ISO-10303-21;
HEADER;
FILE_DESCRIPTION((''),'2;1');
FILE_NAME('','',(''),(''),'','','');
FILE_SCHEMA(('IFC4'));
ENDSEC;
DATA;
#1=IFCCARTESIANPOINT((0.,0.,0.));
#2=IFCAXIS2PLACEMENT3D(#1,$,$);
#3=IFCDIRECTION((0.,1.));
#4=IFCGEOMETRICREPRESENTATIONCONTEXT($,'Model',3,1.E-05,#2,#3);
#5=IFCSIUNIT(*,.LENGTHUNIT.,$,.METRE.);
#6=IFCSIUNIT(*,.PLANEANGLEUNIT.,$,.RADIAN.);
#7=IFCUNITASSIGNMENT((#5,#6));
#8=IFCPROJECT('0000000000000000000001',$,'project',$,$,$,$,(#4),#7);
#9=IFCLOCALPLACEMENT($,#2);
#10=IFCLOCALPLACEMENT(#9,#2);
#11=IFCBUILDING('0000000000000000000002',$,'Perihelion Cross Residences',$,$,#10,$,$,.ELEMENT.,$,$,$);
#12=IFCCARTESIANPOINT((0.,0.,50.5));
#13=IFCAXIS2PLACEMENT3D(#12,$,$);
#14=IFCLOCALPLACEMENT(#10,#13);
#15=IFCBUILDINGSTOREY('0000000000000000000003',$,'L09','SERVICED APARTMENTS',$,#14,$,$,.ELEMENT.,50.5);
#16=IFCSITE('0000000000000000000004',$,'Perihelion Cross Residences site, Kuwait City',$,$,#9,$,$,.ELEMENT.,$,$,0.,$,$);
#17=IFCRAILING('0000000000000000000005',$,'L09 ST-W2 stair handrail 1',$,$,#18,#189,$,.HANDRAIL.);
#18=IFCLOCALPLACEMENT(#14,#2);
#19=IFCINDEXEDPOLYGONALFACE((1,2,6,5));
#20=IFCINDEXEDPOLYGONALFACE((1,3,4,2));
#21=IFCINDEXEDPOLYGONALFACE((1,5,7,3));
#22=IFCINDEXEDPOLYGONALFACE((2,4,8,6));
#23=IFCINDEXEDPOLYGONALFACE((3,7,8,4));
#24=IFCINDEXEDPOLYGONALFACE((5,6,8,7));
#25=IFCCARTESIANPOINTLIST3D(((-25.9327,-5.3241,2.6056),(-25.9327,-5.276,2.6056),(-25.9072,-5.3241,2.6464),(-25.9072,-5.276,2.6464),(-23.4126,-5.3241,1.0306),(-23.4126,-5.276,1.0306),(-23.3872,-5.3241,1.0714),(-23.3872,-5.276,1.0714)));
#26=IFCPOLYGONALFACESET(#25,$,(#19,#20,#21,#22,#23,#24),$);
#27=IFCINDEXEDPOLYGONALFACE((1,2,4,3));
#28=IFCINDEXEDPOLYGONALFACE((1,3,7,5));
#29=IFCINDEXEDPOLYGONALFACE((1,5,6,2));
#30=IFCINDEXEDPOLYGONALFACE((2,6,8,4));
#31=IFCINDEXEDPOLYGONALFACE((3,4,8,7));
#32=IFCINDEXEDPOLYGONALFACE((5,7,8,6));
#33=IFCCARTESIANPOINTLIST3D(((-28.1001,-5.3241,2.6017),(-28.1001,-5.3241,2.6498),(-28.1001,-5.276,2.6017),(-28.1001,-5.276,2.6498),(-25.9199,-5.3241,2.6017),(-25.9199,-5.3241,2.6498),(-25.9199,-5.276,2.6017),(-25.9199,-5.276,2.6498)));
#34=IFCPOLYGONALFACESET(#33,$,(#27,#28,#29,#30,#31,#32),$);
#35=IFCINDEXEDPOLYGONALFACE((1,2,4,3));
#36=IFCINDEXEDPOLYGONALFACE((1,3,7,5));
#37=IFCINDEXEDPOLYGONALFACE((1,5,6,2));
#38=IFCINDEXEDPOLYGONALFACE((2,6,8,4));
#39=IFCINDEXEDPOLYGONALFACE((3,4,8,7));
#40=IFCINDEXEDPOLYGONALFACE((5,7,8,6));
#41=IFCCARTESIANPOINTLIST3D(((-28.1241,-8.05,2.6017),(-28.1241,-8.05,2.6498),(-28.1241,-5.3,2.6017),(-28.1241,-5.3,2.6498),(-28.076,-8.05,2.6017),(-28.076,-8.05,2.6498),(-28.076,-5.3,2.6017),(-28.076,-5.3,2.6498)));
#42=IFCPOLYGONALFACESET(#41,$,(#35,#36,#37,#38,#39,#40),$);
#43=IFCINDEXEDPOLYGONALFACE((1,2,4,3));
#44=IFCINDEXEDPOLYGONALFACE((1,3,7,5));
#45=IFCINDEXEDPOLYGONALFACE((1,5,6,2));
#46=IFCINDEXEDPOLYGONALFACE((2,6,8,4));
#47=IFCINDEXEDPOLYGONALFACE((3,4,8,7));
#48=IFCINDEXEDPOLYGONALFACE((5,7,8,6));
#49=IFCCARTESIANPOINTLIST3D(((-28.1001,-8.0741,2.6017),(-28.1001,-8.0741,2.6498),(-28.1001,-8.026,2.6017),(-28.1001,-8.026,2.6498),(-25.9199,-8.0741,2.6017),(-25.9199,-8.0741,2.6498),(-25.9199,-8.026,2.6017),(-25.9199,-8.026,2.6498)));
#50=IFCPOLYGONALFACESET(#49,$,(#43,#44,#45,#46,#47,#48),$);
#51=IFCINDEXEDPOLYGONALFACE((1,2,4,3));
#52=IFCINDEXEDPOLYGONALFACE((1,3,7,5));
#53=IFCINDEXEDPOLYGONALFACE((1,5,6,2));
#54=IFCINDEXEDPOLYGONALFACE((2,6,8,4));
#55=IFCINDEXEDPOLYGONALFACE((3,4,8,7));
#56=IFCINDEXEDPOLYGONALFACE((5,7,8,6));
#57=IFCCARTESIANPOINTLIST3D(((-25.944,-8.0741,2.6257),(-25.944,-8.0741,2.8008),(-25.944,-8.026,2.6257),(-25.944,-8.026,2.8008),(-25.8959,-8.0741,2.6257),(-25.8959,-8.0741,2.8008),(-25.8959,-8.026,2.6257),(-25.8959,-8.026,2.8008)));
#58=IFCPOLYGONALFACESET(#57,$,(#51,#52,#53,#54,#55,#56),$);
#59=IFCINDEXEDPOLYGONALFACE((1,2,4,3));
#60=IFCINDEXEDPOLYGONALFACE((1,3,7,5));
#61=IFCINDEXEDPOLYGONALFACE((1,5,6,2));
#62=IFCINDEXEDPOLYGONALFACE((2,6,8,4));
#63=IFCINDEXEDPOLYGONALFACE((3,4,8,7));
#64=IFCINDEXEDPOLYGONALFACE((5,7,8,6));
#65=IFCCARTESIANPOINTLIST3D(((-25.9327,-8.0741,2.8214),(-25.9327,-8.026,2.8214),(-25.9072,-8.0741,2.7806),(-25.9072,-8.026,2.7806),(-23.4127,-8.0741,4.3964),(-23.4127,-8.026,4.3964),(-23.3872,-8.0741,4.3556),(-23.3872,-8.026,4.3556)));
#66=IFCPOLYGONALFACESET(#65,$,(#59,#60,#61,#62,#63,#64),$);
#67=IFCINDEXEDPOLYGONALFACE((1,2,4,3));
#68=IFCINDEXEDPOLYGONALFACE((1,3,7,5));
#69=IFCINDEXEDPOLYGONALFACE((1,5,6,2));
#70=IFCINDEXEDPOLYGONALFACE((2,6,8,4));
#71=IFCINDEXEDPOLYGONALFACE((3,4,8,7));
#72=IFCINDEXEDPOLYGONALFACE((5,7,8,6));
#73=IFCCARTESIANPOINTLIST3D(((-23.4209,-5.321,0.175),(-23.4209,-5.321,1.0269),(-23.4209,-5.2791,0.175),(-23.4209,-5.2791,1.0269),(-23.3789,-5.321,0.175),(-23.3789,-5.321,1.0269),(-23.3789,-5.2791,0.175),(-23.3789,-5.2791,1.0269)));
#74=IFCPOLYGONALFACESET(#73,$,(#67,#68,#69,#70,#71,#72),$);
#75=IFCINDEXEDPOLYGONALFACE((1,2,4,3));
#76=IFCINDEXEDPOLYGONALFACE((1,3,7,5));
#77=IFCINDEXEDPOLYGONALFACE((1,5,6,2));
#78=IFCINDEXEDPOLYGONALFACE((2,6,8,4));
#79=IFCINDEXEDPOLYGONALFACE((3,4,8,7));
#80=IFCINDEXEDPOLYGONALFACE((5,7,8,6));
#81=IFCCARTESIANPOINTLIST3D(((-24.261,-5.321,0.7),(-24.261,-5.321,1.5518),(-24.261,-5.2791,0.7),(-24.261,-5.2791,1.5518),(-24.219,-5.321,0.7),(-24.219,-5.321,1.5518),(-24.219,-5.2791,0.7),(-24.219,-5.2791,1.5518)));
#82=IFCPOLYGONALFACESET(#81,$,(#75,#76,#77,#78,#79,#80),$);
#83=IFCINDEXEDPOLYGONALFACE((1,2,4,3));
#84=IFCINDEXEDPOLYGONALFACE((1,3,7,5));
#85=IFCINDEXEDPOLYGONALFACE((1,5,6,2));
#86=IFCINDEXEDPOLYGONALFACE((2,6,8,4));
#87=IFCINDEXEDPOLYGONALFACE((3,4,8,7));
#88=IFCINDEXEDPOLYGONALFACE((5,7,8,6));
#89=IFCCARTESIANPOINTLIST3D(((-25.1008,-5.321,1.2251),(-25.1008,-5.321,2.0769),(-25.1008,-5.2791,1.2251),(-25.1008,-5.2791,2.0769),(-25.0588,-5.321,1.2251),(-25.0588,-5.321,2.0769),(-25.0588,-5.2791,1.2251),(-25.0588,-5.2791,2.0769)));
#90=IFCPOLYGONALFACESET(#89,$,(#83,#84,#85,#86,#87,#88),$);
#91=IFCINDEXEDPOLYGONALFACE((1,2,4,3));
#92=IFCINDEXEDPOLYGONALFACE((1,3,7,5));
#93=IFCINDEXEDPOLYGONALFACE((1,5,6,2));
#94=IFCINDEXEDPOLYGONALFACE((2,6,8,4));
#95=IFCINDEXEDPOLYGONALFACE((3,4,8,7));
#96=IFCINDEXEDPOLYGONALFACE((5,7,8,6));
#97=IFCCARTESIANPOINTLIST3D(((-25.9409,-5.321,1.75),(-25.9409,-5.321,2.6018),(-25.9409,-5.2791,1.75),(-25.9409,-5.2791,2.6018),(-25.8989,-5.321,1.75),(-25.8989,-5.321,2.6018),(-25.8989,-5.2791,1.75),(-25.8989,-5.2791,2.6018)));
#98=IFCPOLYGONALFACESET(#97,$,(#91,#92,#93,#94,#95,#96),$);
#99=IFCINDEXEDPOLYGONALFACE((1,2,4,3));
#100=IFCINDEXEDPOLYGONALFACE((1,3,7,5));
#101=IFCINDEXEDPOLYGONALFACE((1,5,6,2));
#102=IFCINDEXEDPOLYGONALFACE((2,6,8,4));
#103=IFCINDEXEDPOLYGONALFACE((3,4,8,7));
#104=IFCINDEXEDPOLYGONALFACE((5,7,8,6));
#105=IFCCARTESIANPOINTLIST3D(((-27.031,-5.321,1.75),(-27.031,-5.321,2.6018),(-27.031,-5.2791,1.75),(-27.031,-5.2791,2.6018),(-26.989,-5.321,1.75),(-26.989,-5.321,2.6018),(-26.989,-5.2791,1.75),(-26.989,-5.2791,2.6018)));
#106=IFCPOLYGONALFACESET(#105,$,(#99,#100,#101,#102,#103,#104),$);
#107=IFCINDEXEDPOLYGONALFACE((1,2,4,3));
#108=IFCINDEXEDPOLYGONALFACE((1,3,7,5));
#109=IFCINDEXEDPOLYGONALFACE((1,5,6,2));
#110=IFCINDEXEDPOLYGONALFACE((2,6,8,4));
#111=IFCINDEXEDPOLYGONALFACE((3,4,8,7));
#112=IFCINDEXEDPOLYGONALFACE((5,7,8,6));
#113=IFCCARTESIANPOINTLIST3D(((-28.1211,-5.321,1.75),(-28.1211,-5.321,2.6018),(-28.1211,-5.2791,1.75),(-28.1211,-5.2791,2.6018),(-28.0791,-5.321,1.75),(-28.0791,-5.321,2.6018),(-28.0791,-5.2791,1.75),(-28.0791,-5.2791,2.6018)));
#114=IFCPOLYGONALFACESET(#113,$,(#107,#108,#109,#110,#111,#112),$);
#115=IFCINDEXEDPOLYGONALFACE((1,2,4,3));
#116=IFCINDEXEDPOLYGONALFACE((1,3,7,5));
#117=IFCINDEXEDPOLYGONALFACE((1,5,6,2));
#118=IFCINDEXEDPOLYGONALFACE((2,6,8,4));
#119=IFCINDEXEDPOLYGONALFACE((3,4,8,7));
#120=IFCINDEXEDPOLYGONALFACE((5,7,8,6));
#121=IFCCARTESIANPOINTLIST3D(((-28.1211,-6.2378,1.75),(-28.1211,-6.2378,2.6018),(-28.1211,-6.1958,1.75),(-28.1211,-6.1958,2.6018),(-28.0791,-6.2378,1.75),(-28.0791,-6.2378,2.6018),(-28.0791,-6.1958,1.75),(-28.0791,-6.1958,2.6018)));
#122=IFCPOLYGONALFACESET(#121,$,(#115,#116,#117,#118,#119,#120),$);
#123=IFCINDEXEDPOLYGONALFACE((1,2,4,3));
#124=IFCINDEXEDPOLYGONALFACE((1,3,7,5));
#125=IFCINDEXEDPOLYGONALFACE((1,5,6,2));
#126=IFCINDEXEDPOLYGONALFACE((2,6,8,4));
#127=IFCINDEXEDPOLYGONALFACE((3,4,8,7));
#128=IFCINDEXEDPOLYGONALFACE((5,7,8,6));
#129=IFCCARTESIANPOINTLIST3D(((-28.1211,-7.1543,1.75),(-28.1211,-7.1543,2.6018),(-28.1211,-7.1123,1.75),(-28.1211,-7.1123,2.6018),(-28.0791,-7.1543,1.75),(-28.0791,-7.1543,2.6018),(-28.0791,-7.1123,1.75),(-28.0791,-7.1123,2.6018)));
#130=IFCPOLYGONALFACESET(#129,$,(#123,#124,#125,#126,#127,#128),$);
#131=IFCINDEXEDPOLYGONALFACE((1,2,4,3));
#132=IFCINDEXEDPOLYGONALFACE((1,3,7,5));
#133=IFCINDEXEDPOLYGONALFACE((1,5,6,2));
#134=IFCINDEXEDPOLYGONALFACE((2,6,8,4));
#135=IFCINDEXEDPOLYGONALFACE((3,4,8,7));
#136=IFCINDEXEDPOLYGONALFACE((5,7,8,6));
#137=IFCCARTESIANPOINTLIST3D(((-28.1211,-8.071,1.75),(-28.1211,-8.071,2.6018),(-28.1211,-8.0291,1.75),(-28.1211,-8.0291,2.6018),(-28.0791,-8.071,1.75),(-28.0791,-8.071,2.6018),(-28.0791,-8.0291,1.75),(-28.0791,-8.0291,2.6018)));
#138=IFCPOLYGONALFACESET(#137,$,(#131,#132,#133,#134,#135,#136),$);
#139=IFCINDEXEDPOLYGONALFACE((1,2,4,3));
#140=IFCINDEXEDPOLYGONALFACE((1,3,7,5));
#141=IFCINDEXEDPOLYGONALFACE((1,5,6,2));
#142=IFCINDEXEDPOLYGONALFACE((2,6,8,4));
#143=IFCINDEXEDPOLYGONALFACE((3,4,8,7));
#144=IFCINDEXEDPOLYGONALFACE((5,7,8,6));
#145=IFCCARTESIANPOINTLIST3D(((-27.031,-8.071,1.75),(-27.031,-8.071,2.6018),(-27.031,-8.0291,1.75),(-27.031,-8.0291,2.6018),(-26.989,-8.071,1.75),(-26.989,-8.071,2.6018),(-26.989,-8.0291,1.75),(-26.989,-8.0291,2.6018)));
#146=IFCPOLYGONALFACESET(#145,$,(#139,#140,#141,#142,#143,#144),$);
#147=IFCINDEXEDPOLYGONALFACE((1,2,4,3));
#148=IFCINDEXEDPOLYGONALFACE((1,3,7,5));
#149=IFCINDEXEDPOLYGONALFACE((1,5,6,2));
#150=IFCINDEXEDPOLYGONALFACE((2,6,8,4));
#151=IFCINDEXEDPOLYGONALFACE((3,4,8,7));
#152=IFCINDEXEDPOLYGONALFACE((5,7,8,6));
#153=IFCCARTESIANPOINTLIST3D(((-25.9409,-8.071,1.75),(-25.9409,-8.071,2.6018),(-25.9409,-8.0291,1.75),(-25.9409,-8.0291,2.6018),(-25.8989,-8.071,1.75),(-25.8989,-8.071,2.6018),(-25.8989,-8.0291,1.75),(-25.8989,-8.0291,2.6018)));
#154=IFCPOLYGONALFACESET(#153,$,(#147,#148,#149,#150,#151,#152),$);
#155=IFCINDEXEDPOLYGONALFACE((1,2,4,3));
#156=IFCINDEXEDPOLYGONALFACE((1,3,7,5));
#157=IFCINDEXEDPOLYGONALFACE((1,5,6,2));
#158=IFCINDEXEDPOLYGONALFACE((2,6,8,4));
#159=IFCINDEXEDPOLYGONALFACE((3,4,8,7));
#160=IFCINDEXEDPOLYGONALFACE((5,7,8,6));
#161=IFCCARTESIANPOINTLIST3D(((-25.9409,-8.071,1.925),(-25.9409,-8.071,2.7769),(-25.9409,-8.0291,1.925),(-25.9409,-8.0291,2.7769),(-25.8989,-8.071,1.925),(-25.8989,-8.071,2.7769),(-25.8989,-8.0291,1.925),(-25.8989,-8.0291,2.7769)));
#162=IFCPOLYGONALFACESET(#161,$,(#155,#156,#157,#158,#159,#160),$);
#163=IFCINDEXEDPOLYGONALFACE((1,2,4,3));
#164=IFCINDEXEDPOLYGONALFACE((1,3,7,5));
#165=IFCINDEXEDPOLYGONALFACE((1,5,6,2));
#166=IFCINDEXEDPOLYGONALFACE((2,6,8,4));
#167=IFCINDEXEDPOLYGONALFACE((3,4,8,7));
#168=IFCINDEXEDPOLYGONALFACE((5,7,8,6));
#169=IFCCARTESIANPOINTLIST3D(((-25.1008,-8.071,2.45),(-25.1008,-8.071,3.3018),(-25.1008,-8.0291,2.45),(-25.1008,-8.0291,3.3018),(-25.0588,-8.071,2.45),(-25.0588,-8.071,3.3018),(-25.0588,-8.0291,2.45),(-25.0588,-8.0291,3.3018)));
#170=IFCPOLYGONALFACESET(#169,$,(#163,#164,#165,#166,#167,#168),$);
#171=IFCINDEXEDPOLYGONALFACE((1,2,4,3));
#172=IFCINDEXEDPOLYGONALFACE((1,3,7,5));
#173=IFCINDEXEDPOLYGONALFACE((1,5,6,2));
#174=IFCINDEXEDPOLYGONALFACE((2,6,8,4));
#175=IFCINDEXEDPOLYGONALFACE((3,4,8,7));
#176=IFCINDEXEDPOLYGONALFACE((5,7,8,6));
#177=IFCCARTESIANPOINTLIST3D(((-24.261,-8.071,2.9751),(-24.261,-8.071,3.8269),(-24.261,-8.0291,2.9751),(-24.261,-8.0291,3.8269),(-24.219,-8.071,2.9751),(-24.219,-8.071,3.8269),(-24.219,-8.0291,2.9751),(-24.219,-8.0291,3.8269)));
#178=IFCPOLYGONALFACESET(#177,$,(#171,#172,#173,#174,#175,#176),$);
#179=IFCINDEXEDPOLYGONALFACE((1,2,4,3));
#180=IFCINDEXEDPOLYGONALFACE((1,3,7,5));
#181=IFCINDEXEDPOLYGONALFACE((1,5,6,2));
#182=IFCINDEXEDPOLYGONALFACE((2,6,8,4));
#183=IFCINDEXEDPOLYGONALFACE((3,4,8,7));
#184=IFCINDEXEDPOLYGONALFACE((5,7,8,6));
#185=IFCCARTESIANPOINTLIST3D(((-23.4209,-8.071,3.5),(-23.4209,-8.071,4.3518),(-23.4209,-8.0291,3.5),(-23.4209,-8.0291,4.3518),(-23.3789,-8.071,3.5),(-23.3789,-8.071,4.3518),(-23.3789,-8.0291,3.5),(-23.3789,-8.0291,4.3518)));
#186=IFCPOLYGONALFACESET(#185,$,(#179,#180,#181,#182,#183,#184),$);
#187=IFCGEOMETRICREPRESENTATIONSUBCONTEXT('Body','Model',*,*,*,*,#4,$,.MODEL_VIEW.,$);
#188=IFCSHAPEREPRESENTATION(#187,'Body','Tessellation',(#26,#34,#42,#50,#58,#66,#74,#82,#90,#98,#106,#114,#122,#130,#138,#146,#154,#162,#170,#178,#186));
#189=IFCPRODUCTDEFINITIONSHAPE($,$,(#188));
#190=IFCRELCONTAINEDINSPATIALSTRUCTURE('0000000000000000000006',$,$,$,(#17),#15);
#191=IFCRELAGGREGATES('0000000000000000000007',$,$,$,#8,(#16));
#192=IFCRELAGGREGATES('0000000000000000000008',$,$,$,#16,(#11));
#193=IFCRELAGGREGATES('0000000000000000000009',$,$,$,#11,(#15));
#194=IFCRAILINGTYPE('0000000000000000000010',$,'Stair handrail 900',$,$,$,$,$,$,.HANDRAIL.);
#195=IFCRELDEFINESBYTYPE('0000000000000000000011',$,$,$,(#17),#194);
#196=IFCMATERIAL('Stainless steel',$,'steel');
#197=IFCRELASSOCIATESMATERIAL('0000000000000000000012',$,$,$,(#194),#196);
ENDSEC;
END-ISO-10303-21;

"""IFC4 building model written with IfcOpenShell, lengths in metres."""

from ifc_helpers import new_model, si_unit, direction, frame, origin, origin_2d, place, context, subcontext, project, spatial, rectangle, extrude, material, type_object, element, save


model = new_model("IFC4")

# Units and contexts
model_context = context("Model", 3, precision=1e-05, world=origin(), true_north=direction((0.0, 1.0)))
body_context = subcontext(model_context, "Body", "Model", "MODEL_VIEW")
ifc_project = project(units=[si_unit("LENGTHUNIT", "METRE"), si_unit("PLANEANGLEUNIT", "RADIAN")], contexts=[model_context])

# Site, building, storey
site_placement = place(None, origin())
site = spatial("IfcSite", under=ifc_project, at=site_placement, Name="Perihelion Cross Residences site, Kuwait City", CompositionType="ELEMENT", RefElevation=0.0)
building_placement = place(site_placement, origin())
building = spatial("IfcBuilding", under=site, at=building_placement, Name="Perihelion Cross Residences", CompositionType="ELEMENT")
storey_placement = place(building_placement, frame((0.0, 0.0, 50.5)))
storey = spatial("IfcBuildingStorey", under=building, at=storey_placement, Name="L09", Description="SERVICED APARTMENTS", CompositionType="ELEMENT", Elevation=50.5)

# Railing
ifc_material_1 = material(Name="Stainless steel", Category="steel")
railing_type_1 = type_object("IfcRailingType", Name="Stair handrail 900", PredefinedType="HANDRAIL", material=ifc_material_1)
railing_1_placement = place(storey_placement, frame((-23.3999, -5.3, 0.175)))
element("IfcRailing", 1, at=railing_1_placement, inside=storey, type_object=railing_type_1, Name="L09 ST-W2 stair handrail 1", PredefinedType="HANDRAIL", context=body_context, shape_type="SweptSolid", body=[
    extrude(rectangle(XDim=0.0481, YDim=0.0481, at=origin_2d()), frame((0.0, 0.0, 0.876), z_axis=(-0.848008, 0.0, 0.529984), x_axis=(0.0, -1.0, 0.0)), (0.0, 0.0, 1.0), 2.9717),
    extrude(rectangle(XDim=0.0481, YDim=0.0481, at=origin_2d()), frame((-2.52, 0.0, 2.4507), z_axis=(-1.0, 0.0, 0.0), x_axis=(0.0, -1.0, 0.0)), (0.0, 0.0, 1.0), 2.1802),
    extrude(rectangle(XDim=0.0481, YDim=0.0481, at=origin_2d()), frame((-4.7002, 0.0, 2.4507), z_axis=(0.0, -1.0, 0.0), x_axis=(1.0, 0.0, 0.0)), (0.0, 0.0, 1.0), 2.75),
    extrude(rectangle(XDim=0.0481, YDim=0.0481, at=origin_2d()), frame((-4.7002, -2.75, 2.4507), z_axis=(1.0, 0.0, 0.0), x_axis=(0.0, 1.0, 0.0)), (0.0, 0.0, 1.0), 2.1802),
    extrude(rectangle(XDim=0.0481, YDim=0.0481, at=origin_2d()), frame((-2.52, -2.75, 2.4507), z_axis=(0.0, 0.0, 1.0), x_axis=(1.0, 0.0, 0.0)), (0.0, 0.0, 1.0), 0.175),
    extrude(rectangle(XDim=0.0481, YDim=0.0481, at=origin_2d()), frame((-2.52, -2.75, 2.626), z_axis=(0.848008, 0.0, 0.529984), x_axis=(0.0, 1.0, 0.0)), (0.0, 0.0, 1.0), 2.9717),
    extrude(rectangle(XDim=0.042, YDim=0.042, at=origin_2d()), origin(), (0.0, 0.0, 1.0), 0.8518),
    extrude(rectangle(XDim=0.042, YDim=0.042, at=origin_2d()), frame((-0.8401, 0.0, 0.5249)), (0.0, 0.0, 1.0), 0.8518),
    extrude(rectangle(XDim=0.042, YDim=0.042, at=origin_2d()), frame((-1.6799, 0.0, 1.05)), (0.0, 0.0, 1.0), 0.8518),
    extrude(rectangle(XDim=0.042, YDim=0.042, at=origin_2d()), frame((-2.52, 0.0, 1.575)), (0.0, 0.0, 1.0), 0.8518),
    extrude(rectangle(XDim=0.042, YDim=0.042, at=origin_2d()), frame((-3.6101, 0.0, 1.575)), (0.0, 0.0, 1.0), 0.8518),
    extrude(rectangle(XDim=0.042, YDim=0.042, at=origin_2d()), frame((-4.7002, 0.0, 1.575)), (0.0, 0.0, 1.0), 0.8518),
    extrude(rectangle(XDim=0.042, YDim=0.042, at=origin_2d()), frame((-4.7002, -0.9167, 1.575)), (0.0, 0.0, 1.0), 0.8518),
    extrude(rectangle(XDim=0.042, YDim=0.042, at=origin_2d()), frame((-4.7002, -1.8333, 1.575)), (0.0, 0.0, 1.0), 0.8518),
    extrude(rectangle(XDim=0.042, YDim=0.042, at=origin_2d()), frame((-4.7002, -2.75, 1.575)), (0.0, 0.0, 1.0), 0.8518),
    extrude(rectangle(XDim=0.042, YDim=0.042, at=origin_2d()), frame((-3.6101, -2.75, 1.575)), (0.0, 0.0, 1.0), 0.8518),
    extrude(rectangle(XDim=0.042, YDim=0.042, at=origin_2d()), frame((-2.52, -2.75, 1.575)), (0.0, 0.0, 1.0), 0.8518),
    extrude(rectangle(XDim=0.042, YDim=0.042, at=origin_2d()), frame((-2.52, -2.75, 1.75)), (0.0, 0.0, 1.0), 0.8518),
    extrude(rectangle(XDim=0.042, YDim=0.042, at=origin_2d()), frame((-1.6799, -2.75, 2.2749)), (0.0, 0.0, 1.0), 0.8518),
    extrude(rectangle(XDim=0.042, YDim=0.042, at=origin_2d()), frame((-0.8401, -2.75, 2.8)), (0.0, 0.0, 1.0), 0.8518),
    extrude(rectangle(XDim=0.042, YDim=0.042, at=origin_2d()), frame((0.0, -2.75, 3.325)), (0.0, 0.0, 1.0), 0.8518),
])

save(model, "model.ifc")
